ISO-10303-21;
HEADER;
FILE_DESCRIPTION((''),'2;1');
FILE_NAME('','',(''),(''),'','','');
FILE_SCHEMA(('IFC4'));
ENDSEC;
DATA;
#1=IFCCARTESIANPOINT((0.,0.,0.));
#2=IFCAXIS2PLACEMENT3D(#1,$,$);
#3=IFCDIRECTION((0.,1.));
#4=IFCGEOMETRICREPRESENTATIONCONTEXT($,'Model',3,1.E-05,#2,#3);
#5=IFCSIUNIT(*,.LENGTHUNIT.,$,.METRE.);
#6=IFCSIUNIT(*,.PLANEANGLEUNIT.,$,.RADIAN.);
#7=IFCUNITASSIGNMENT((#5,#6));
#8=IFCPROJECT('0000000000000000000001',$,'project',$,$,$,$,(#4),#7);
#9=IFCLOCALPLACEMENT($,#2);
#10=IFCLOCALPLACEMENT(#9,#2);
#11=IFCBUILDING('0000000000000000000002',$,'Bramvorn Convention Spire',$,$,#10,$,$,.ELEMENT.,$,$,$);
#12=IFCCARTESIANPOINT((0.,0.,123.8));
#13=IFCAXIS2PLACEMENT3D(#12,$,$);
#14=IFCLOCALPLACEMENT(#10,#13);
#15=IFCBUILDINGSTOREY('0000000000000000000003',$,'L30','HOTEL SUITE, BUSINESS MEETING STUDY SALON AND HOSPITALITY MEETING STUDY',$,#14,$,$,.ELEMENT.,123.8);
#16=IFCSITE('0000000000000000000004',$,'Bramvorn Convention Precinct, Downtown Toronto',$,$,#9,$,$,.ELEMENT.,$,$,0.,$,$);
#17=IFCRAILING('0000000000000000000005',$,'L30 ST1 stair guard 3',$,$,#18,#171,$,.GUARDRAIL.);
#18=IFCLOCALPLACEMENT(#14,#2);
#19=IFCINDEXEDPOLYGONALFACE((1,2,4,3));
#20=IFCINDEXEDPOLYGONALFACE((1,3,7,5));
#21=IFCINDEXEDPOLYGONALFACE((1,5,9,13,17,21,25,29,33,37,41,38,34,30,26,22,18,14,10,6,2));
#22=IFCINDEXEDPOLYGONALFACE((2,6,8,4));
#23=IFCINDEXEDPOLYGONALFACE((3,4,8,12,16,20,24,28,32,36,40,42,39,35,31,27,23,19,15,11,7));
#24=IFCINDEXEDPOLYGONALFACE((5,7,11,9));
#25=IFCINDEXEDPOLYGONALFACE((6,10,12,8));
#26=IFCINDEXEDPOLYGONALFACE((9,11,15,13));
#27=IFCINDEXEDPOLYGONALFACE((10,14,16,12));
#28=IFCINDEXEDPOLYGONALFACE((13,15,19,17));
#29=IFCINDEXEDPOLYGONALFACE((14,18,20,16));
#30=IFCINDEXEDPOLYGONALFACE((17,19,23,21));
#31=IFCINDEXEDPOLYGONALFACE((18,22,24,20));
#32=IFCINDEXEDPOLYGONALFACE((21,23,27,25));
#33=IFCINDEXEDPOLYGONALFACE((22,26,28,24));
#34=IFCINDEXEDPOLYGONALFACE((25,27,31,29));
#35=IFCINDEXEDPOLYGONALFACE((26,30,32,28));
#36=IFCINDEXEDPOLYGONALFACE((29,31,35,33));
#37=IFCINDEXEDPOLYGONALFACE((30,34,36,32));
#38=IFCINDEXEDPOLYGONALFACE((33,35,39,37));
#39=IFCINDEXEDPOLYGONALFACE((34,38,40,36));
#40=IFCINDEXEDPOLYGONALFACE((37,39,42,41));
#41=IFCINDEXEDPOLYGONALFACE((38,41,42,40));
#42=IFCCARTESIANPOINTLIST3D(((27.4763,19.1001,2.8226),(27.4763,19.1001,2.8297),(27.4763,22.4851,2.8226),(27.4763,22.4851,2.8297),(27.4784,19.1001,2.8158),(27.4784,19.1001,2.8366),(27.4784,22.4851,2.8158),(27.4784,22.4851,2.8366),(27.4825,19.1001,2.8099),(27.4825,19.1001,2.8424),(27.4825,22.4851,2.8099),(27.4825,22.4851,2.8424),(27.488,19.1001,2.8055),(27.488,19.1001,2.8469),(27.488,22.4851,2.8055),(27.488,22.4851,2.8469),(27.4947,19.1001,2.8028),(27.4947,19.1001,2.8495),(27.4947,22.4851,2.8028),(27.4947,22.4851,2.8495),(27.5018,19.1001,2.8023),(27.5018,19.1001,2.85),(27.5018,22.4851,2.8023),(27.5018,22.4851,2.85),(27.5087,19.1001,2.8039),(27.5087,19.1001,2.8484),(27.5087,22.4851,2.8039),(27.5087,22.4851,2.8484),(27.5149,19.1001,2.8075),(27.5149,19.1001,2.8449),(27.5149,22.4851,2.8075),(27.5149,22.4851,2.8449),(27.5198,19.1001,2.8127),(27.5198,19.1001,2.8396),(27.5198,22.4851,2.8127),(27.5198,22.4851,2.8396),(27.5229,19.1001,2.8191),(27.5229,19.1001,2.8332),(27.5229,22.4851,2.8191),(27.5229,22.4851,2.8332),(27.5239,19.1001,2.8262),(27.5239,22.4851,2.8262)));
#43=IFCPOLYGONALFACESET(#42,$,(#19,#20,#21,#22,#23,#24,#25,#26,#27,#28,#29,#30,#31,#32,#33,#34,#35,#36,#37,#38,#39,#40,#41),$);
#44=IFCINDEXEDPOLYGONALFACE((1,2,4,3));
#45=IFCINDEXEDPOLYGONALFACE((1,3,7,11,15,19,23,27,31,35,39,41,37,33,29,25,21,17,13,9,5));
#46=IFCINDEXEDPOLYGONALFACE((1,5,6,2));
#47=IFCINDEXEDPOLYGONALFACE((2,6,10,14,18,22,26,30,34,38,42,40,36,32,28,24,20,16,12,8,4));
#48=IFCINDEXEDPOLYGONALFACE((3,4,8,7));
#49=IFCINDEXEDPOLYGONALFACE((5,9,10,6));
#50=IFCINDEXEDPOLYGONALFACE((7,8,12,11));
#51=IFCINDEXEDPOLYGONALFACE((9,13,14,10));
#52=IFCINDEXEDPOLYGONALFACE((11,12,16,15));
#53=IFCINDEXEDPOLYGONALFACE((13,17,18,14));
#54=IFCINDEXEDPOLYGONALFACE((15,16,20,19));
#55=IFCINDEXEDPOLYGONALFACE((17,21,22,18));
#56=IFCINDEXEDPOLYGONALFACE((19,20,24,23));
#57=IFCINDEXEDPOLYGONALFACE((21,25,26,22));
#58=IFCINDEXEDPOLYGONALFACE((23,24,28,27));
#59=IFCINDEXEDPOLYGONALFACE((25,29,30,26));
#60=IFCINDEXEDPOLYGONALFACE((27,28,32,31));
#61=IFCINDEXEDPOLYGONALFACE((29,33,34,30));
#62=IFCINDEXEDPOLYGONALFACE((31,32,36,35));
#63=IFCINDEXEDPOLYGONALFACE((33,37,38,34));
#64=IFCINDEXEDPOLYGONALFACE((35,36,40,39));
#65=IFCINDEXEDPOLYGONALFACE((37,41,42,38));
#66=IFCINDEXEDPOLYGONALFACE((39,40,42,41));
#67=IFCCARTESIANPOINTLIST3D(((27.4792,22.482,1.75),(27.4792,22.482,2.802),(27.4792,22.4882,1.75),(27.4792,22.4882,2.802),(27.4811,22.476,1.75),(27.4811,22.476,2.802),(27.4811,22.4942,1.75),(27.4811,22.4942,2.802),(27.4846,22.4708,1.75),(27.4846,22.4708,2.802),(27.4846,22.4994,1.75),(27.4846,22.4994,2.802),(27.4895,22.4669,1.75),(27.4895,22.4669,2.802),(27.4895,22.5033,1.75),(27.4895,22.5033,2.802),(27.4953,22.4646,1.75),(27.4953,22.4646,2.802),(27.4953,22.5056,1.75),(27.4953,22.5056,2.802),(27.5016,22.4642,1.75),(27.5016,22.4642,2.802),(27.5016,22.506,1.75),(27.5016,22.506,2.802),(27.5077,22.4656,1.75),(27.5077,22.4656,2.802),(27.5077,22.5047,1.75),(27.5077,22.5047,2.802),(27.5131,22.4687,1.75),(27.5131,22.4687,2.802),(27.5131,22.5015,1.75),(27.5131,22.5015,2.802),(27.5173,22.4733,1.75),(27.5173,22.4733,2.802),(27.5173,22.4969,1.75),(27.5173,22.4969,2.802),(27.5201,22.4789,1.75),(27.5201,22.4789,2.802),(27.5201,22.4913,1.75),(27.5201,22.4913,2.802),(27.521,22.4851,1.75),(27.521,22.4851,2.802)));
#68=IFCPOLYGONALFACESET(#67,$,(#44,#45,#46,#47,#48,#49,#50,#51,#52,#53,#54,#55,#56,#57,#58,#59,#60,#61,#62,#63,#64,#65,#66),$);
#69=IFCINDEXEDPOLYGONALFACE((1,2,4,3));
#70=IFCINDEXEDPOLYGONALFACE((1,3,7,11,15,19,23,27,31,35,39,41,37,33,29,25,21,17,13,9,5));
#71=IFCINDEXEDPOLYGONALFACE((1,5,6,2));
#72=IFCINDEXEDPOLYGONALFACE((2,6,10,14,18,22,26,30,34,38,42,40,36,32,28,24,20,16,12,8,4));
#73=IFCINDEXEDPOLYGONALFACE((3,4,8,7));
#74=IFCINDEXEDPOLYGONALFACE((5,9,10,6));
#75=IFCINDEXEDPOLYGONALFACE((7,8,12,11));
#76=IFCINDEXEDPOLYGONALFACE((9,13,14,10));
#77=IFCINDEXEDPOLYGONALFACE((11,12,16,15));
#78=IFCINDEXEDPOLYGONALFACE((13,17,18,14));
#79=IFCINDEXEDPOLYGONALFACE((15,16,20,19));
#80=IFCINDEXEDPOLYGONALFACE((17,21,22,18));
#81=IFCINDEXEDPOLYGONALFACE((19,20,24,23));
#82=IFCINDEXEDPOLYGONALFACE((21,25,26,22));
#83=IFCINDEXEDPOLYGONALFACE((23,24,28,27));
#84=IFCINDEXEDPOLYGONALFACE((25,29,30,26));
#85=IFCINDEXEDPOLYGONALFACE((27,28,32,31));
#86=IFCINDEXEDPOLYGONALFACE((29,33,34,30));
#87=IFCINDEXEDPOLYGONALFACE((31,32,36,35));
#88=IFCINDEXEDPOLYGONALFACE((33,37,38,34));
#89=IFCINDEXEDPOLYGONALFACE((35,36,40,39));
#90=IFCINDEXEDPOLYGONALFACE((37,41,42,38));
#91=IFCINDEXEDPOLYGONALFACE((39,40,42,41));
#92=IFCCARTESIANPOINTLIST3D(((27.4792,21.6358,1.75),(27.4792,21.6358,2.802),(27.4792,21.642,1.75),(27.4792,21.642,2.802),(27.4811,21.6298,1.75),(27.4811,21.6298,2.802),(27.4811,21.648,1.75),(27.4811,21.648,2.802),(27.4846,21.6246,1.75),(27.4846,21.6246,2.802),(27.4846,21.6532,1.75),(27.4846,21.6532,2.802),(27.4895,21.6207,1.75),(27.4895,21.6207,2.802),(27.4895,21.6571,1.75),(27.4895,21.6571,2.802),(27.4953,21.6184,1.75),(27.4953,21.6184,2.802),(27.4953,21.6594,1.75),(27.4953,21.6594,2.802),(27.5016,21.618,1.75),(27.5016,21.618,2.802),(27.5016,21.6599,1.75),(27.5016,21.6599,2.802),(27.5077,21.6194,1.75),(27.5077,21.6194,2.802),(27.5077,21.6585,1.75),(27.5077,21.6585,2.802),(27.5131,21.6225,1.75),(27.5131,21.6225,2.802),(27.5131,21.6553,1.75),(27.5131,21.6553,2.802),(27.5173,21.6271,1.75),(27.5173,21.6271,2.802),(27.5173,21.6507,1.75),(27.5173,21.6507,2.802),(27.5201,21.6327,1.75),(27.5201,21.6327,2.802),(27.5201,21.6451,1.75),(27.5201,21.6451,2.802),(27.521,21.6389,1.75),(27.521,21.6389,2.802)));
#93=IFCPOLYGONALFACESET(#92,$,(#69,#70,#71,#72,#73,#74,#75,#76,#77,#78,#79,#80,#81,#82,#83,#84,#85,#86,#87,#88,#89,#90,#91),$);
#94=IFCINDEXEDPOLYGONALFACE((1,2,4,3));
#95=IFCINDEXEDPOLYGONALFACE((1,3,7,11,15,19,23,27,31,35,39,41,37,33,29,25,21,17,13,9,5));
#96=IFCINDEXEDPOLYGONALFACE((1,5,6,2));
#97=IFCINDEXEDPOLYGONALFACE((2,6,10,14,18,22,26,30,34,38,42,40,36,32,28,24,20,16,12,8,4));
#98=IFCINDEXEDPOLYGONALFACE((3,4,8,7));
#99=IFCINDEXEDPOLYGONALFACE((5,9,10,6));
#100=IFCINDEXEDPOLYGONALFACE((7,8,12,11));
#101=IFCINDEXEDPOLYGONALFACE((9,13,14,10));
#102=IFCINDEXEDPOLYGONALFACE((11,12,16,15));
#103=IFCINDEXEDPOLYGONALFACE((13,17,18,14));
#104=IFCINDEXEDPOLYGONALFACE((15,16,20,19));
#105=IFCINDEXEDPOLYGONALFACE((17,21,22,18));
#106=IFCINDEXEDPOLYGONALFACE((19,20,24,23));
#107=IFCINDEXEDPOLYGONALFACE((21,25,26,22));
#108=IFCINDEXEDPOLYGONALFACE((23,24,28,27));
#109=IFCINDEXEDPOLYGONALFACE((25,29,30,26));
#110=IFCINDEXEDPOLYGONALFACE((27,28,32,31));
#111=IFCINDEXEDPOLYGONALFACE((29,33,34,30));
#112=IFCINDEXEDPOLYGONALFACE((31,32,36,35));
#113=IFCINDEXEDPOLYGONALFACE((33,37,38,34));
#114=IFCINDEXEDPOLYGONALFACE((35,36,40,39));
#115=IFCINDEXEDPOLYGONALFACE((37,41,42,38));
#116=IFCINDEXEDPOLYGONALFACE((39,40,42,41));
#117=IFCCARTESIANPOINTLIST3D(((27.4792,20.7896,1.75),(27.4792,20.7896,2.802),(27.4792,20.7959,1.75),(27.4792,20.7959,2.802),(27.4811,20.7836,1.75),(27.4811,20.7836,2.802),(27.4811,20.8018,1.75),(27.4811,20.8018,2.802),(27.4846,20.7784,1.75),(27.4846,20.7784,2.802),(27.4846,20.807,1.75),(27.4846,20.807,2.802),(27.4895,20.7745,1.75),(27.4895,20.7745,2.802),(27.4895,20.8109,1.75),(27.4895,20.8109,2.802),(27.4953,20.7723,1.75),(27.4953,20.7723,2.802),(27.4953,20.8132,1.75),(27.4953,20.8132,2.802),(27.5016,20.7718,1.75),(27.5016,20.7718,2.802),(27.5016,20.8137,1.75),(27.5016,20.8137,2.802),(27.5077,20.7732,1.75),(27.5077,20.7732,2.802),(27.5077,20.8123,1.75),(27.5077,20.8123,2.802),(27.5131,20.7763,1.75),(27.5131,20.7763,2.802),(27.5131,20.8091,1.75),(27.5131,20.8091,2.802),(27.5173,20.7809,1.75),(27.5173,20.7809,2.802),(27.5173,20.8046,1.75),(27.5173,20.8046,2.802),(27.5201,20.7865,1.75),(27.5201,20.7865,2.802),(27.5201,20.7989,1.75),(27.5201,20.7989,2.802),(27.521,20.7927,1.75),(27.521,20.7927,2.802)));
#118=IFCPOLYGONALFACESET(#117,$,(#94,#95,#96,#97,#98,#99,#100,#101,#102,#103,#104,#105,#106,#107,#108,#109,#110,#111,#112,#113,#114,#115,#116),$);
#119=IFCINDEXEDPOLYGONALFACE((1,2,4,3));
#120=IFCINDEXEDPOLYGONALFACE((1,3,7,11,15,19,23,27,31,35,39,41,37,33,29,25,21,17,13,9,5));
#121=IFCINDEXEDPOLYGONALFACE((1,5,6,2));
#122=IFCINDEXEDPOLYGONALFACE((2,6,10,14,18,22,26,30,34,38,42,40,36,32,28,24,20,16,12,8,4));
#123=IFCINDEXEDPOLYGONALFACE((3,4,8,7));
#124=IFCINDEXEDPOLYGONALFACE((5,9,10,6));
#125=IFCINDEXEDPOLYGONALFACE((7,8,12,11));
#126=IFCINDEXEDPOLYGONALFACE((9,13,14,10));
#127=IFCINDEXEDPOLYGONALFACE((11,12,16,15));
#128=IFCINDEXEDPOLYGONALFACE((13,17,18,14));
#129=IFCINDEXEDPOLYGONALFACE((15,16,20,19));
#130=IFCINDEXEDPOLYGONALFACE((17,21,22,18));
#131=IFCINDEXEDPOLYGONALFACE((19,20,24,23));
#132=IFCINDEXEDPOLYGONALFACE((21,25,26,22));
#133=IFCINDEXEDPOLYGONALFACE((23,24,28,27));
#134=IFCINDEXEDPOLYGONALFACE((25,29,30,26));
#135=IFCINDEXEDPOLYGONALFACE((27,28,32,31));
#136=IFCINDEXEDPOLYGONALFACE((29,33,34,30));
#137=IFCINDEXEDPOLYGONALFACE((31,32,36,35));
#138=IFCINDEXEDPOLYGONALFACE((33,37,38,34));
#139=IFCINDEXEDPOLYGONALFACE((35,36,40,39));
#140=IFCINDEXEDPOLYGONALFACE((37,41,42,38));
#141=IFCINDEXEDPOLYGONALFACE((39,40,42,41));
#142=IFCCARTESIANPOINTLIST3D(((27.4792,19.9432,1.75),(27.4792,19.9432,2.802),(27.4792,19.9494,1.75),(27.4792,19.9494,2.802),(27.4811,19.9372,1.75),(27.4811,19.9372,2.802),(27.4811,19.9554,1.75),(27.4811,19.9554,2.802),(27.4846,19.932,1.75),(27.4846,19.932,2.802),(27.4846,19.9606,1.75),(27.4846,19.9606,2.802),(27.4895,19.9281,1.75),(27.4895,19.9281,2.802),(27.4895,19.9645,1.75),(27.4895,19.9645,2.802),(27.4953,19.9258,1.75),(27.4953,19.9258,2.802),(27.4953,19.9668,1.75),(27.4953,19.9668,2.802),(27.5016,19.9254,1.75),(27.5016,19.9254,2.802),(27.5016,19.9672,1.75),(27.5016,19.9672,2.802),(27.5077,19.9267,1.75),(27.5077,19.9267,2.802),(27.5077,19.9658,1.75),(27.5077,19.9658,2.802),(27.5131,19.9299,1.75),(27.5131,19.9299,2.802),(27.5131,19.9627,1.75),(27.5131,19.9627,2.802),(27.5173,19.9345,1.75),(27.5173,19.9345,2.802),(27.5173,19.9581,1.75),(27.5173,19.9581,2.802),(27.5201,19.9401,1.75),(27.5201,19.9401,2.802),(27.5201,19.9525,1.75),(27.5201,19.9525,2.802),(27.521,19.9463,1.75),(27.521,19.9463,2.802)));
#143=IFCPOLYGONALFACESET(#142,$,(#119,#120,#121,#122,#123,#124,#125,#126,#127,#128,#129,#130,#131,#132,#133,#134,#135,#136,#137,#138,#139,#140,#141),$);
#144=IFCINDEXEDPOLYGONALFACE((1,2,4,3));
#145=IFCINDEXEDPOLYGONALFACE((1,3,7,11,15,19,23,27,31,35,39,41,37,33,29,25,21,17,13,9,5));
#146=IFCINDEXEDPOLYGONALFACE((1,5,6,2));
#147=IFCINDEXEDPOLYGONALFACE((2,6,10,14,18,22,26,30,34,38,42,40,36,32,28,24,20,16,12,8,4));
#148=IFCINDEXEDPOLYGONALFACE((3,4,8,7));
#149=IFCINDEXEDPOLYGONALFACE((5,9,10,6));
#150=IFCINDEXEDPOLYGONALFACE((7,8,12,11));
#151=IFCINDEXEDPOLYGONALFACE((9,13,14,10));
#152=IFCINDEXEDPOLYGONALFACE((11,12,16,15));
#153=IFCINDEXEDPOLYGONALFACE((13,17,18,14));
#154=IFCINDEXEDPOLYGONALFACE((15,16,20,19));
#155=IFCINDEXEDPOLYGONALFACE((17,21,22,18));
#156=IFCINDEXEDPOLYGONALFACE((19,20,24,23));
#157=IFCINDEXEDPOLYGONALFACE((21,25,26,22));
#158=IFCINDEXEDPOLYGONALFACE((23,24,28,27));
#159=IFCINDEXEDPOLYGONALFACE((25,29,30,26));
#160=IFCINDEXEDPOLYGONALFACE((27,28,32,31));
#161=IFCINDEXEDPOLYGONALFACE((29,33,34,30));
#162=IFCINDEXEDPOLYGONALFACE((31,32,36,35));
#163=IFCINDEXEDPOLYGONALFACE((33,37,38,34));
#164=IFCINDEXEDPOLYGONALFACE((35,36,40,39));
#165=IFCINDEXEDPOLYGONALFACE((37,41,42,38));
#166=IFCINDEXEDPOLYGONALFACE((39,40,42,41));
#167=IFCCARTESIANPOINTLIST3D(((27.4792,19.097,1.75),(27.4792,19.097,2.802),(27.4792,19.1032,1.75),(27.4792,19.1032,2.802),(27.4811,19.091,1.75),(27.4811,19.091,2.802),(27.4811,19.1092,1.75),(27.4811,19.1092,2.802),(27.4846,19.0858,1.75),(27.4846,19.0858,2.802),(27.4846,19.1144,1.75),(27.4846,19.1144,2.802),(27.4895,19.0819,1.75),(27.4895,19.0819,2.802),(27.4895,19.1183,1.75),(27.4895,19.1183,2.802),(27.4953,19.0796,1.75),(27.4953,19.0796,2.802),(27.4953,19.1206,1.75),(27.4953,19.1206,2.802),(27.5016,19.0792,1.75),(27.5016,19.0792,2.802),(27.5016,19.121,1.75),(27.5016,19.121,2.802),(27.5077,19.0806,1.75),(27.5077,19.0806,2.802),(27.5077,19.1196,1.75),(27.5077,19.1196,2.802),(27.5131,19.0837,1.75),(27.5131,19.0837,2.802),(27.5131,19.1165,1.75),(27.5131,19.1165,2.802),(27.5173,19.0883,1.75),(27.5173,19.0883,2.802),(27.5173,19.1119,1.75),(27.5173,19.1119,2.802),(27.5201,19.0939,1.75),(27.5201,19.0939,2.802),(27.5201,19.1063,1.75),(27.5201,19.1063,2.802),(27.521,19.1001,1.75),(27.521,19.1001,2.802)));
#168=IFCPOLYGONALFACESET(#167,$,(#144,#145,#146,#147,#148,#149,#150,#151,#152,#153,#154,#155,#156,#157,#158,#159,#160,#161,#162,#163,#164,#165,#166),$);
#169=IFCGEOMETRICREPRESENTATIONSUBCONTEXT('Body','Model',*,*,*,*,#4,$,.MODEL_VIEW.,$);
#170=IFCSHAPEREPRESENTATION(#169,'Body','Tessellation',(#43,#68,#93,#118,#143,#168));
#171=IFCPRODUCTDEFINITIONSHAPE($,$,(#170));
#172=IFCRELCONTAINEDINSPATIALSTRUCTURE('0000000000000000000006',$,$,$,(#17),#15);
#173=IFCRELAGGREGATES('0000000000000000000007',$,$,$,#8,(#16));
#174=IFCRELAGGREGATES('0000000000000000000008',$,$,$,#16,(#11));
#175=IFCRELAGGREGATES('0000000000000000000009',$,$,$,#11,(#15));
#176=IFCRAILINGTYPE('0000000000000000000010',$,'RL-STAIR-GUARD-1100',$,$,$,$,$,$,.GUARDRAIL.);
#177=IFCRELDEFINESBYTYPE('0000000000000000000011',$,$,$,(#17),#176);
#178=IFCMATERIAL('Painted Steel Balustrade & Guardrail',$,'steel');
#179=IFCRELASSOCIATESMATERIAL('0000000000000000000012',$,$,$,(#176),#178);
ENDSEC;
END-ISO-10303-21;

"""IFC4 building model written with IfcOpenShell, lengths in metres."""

from ifc_helpers import new_model, si_unit, direction, frame, origin, origin_2d, place, context, subcontext, project, spatial, circle, extrude, material, type_object, element, save


model = new_model("IFC4")

# Units and contexts
model_context = context("Model", 3, precision=1e-05, world=origin(), true_north=direction((0.0, 1.0)))
body_context = subcontext(model_context, "Body", "Model", "MODEL_VIEW")
ifc_project = project(units=[si_unit("LENGTHUNIT", "METRE"), si_unit("PLANEANGLEUNIT", "RADIAN")], contexts=[model_context])

# Site, building, storey
site_placement = place(None, origin())
site = spatial("IfcSite", under=ifc_project, at=site_placement, Name="Bramvorn Convention Precinct, Downtown Toronto", CompositionType="ELEMENT", RefElevation=0.0)
building_placement = place(site_placement, origin())
building = spatial("IfcBuilding", under=site, at=building_placement, Name="Bramvorn Convention Spire", CompositionType="ELEMENT")
storey_placement = place(building_placement, frame((0.0, 0.0, 123.8)))
storey = spatial("IfcBuildingStorey", under=building, at=storey_placement, Name="L30", Description="HOTEL SUITE, BUSINESS MEETING STUDY SALON AND HOSPITALITY MEETING STUDY", CompositionType="ELEMENT", Elevation=123.8)

# Railing
ifc_material_1 = material(Name="Painted Steel Balustrade & Guardrail", Category="steel")
railing_type_1 = type_object("IfcRailingType", Name="RL-STAIR-GUARD-1100", PredefinedType="GUARDRAIL", material=ifc_material_1)
railing_1_placement = place(storey_placement, frame((27.5, 22.4851, 1.75)))
element("IfcRailing", 1, at=railing_1_placement, inside=storey, type_object=railing_type_1, Name="L30 ST1 stair guard 3", PredefinedType="GUARDRAIL", context=body_context, shape_type="SweptSolid", body=[
    extrude(circle(Radius=0.0239, at=origin_2d()), frame((0.0, 0.0, 1.0762), z_axis=(0.0, -1.0, 0.0), x_axis=(1.0, 0.0, 0.0)), (0.0, 0.0, 1.0), 3.385),
    extrude(circle(Radius=0.021, at=origin_2d()), origin(), (0.0, 0.0, 1.0), 1.052),
    extrude(circle(Radius=0.021, at=origin_2d()), frame((0.0, -0.8462, 0.0)), (0.0, 0.0, 1.0), 1.052),
    extrude(circle(Radius=0.021, at=origin_2d()), frame((0.0, -1.6924, 0.0)), (0.0, 0.0, 1.0), 1.052),
    extrude(circle(Radius=0.021, at=origin_2d()), frame((0.0, -2.5388, 0.0)), (0.0, 0.0, 1.0), 1.052),
    extrude(circle(Radius=0.021, at=origin_2d()), frame((0.0, -3.385, 0.0)), (0.0, 0.0, 1.0), 1.052),
])

save(model, "model.ifc")
